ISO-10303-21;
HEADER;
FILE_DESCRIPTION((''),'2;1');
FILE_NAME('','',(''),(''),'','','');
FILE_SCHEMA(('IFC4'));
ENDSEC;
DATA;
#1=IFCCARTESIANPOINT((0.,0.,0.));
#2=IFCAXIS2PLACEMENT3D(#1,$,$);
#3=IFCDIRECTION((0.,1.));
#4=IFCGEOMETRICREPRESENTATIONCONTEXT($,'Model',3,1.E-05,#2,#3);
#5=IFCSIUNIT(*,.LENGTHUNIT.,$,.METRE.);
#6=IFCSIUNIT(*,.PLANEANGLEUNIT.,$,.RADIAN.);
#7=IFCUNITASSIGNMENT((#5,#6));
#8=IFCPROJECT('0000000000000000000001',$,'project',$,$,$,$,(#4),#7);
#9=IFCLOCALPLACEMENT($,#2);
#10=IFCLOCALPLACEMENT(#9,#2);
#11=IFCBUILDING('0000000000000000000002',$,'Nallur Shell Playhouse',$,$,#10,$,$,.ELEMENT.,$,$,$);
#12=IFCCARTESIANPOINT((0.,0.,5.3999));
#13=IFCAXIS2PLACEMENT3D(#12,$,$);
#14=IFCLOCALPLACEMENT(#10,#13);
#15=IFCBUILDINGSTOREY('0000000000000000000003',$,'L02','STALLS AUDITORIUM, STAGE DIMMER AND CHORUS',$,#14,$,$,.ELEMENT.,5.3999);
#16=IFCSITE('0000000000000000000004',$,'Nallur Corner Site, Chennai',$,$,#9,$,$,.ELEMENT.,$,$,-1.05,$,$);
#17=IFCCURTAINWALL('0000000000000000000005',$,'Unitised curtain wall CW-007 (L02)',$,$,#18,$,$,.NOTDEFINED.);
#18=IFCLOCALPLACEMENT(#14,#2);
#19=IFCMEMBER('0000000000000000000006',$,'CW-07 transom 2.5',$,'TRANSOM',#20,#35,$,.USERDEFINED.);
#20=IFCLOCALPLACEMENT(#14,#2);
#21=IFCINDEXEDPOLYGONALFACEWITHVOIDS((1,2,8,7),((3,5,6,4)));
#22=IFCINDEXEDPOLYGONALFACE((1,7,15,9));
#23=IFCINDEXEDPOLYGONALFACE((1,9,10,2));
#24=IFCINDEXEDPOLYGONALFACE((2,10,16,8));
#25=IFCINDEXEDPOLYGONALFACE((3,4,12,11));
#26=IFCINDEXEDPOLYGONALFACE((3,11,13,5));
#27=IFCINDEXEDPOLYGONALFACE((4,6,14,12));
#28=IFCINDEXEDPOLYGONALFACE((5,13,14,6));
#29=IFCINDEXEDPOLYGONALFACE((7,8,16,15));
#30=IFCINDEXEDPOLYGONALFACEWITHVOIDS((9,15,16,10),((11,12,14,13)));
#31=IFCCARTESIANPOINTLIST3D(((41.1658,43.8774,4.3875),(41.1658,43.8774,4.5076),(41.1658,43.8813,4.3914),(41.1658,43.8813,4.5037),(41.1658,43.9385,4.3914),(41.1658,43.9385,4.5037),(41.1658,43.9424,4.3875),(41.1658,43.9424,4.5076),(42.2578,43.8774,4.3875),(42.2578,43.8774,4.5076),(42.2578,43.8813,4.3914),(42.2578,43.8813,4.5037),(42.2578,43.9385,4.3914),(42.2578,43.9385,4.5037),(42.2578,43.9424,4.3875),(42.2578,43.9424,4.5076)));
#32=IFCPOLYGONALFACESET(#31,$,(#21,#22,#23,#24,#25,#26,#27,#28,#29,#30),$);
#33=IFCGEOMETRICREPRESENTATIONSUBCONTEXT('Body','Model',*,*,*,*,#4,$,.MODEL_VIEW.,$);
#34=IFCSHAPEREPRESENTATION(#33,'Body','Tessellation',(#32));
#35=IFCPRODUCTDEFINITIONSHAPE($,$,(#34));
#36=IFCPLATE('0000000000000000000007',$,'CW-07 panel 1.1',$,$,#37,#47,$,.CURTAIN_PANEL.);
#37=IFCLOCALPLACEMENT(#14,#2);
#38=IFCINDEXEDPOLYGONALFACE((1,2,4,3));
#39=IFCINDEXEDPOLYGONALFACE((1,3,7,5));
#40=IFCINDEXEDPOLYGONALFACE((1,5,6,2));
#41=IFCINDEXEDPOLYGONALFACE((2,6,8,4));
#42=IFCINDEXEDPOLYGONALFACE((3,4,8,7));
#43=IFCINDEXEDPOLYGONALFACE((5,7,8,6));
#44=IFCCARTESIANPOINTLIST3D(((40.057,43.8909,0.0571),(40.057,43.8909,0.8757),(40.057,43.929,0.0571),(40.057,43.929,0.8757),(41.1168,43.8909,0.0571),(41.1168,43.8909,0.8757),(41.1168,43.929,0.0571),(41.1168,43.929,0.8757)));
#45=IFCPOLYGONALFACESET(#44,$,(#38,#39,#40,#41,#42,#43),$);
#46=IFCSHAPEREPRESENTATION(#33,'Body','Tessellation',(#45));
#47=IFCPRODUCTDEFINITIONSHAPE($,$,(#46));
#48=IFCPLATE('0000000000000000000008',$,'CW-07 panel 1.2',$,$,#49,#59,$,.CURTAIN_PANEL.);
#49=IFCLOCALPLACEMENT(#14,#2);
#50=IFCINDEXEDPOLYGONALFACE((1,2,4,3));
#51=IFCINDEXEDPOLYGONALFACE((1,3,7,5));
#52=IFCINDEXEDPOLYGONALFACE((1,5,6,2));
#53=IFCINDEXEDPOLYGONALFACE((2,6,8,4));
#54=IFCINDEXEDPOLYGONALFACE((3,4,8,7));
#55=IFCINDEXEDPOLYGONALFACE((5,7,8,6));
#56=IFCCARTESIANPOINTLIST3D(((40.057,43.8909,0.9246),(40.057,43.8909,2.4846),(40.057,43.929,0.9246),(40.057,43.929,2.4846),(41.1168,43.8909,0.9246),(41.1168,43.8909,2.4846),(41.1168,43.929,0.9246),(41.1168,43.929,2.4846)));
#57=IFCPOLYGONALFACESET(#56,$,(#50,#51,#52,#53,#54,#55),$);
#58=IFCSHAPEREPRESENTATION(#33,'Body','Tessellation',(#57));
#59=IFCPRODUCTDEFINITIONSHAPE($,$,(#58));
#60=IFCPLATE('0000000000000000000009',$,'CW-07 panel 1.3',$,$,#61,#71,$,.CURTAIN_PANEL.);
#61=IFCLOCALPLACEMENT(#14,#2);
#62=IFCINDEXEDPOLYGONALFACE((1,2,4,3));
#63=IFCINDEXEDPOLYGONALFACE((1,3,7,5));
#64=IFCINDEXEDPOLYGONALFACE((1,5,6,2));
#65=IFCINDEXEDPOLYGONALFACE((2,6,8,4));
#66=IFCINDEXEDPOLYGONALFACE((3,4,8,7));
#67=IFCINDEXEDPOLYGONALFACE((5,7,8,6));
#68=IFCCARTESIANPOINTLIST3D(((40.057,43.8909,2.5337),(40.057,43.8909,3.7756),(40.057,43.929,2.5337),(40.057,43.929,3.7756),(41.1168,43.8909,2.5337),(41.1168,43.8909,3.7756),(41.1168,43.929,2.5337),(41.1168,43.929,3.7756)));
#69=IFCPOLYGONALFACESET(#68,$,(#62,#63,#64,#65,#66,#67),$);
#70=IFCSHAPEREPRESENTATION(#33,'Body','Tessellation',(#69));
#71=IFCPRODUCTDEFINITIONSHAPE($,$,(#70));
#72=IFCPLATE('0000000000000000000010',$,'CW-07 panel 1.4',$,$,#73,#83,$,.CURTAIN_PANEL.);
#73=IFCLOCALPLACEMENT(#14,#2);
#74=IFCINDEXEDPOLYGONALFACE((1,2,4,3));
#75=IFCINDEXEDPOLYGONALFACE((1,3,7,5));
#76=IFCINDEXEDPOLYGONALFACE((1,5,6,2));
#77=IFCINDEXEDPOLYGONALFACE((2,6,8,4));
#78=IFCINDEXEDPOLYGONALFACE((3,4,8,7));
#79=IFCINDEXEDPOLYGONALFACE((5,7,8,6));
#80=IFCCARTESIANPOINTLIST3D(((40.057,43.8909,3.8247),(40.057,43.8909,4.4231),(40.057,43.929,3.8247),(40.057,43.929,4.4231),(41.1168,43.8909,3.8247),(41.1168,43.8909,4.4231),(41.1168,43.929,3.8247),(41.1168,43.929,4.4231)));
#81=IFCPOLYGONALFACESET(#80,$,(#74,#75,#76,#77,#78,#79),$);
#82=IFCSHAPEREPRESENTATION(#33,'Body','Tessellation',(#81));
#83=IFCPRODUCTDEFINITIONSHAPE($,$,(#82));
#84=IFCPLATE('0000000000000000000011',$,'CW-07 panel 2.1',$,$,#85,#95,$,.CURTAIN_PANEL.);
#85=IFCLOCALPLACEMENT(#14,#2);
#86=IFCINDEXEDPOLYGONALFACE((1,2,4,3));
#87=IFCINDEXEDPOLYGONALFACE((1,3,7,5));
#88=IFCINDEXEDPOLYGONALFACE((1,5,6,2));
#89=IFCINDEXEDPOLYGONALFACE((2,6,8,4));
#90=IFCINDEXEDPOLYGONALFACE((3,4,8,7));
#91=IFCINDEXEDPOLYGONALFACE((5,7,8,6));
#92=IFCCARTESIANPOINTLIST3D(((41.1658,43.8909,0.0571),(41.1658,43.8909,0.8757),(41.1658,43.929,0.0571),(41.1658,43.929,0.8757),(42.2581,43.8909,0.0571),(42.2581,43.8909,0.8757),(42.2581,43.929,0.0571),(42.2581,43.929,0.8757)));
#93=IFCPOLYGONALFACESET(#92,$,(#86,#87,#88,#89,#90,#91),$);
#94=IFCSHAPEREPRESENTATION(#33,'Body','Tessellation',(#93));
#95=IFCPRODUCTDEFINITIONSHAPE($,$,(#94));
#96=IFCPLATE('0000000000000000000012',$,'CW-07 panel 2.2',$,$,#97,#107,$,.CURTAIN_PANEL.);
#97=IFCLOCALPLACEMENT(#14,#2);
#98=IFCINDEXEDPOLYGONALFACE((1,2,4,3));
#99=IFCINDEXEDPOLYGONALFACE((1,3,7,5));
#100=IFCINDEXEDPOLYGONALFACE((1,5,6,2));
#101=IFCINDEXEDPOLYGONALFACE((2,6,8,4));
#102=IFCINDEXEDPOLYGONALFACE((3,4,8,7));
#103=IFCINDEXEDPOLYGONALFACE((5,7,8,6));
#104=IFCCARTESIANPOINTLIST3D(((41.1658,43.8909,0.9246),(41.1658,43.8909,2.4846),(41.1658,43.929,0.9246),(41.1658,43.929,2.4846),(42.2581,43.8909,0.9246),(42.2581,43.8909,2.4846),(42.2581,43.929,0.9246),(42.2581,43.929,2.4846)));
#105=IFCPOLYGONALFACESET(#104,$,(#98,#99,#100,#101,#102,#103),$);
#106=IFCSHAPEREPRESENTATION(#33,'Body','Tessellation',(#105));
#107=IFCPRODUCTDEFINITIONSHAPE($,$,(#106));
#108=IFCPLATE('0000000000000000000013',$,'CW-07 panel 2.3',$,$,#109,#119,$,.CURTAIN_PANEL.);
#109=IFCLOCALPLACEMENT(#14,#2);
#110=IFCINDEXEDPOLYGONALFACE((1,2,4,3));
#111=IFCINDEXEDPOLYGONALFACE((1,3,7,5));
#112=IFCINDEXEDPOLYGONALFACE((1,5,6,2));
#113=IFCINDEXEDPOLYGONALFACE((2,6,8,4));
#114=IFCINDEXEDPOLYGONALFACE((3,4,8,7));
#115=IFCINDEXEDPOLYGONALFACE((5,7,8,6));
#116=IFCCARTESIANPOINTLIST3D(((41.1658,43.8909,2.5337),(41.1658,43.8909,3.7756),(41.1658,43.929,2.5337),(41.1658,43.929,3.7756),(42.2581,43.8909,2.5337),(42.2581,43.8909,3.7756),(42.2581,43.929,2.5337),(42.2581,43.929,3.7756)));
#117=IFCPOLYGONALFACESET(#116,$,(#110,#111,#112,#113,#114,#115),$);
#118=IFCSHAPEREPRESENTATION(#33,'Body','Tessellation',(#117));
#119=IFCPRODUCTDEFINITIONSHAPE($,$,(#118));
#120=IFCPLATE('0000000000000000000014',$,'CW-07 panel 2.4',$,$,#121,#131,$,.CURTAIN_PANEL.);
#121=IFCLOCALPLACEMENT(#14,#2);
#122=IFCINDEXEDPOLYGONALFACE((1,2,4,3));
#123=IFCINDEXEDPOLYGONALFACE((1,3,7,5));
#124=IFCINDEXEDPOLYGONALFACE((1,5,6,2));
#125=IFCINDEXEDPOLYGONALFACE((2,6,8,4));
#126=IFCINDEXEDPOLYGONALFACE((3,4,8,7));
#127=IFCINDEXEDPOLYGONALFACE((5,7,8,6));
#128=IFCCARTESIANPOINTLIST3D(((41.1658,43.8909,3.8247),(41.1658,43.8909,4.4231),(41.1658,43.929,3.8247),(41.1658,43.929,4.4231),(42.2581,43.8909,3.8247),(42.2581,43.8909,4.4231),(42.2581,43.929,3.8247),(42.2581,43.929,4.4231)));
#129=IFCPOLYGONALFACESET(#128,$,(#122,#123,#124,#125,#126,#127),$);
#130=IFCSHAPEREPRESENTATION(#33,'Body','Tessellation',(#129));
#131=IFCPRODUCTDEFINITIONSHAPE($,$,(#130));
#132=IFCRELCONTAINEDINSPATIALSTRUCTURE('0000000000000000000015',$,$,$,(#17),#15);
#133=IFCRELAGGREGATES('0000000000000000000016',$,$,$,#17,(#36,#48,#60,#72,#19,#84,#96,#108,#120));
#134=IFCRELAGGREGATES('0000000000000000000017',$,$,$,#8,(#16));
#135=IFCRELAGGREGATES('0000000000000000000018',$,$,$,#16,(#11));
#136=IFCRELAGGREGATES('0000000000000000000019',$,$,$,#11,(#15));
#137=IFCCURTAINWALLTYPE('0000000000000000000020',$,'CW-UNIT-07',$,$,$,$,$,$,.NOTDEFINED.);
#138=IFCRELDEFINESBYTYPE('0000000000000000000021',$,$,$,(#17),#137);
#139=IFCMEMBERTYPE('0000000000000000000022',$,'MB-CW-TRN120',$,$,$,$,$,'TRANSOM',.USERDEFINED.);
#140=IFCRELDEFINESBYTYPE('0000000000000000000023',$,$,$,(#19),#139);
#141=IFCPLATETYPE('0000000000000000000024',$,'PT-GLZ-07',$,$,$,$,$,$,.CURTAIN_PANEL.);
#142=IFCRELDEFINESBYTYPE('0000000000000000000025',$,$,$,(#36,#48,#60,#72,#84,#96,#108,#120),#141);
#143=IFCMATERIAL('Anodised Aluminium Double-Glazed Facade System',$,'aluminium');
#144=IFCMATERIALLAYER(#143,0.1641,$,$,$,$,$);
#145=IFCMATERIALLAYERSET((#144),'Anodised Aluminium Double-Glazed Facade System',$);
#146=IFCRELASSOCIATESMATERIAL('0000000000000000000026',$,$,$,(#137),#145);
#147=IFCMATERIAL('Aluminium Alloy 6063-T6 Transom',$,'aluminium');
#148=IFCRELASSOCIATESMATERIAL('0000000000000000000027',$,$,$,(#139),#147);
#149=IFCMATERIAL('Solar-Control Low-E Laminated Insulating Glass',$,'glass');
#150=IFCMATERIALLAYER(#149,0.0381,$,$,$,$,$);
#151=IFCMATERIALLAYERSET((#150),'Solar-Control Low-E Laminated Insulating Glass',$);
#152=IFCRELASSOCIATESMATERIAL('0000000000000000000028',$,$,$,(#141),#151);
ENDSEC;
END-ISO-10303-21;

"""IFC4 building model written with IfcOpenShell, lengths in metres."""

from ifc_helpers import new_model, si_unit, direction, frame, origin, origin_2d, place, context, subcontext, project, spatial, rectangle, hollow_rectangle, extrude, material, layer, layer_set, material_profile, profile_set, type_object, element, aggregate, save


model = new_model("IFC4")

# Units and contexts
model_context = context("Model", 3, precision=1e-05, world=origin(), true_north=direction((0.0, 1.0)))
body_context = subcontext(model_context, "Body", "Model", "MODEL_VIEW")
ifc_project = project(units=[si_unit("LENGTHUNIT", "METRE"), si_unit("PLANEANGLEUNIT", "RADIAN")], contexts=[model_context])

# Site, building, storey
site_placement = place(None, origin())
site = spatial("IfcSite", under=ifc_project, at=site_placement, Name="Nallur Corner Site, Chennai", CompositionType="ELEMENT", RefElevation=-1.05)
building_placement = place(site_placement, origin())
building = spatial("IfcBuilding", under=site, at=building_placement, Name="Nallur Shell Playhouse", CompositionType="ELEMENT")
storey_placement = place(building_placement, frame((0.0, 0.0, 5.3999)))
storey = spatial("IfcBuildingStorey", under=building, at=storey_placement, Name="L02", Description="STALLS AUDITORIUM, STAGE DIMMER AND CHORUS", CompositionType="ELEMENT", Elevation=5.3999)

# Curtain wall, member, plates
ifc_material_1 = material(Name="Anodised Aluminium Double-Glazed Facade System", Category="aluminium")
ifc_layer_1 = layer(ifc_material_1, 0.1641)
ifc_layer_set_1 = layer_set([ifc_layer_1], Name="Anodised Aluminium Double-Glazed Facade System")
curtain_wall_type = type_object("IfcCurtainWallType", Name="CW-UNIT-07", PredefinedType="NOTDEFINED", material=ifc_layer_set_1)
curtain_wall_placement = place(storey_placement, origin())
curtain_wall = element("IfcCurtainWall", 1, at=curtain_wall_placement, inside=storey, type_object=curtain_wall_type, Name="Unitised curtain wall CW-007 (L02)", PredefinedType="NOTDEFINED")
ifc_material_2 = material(Name="Aluminium Alloy 6063-T6 Transom", Category="aluminium")
ifc_material_profile_1 = material_profile(ifc_material_2, hollow_rectangle(XDim=0.0649, YDim=0.1201, WallThickness=0.0039, at=origin_2d()), Name="ALU 65x120x4")
ifc_profile_set_1 = profile_set([ifc_material_profile_1], Name="Aluminium Alloy 6063-T6 Transom")
member_type_1 = type_object("IfcMemberType", Name="MB-CW-TRN120", ElementType="TRANSOM", PredefinedType="USERDEFINED", material=ifc_profile_set_1)
member_1_placement = place(storey_placement, frame((41.1658, 43.9099, 4.4475), z_axis=(1.0, 0.0, 0.0), x_axis=(0.0, 1.0, 0.0)))
member_1 = element("IfcMember", 2, at=member_1_placement, type_object=member_type_1, Name="CW-07 transom 2.5", ObjectType="TRANSOM", PredefinedType="USERDEFINED", context=body_context, shape_type="SweptSolid", body=[
    extrude(hollow_rectangle(XDim=0.0649, YDim=0.1201, WallThickness=0.0039, at=origin_2d()), origin(), (0.0, 0.0, 1.0), 1.092),
])
ifc_material_3 = material(Name="Solar-Control Low-E Laminated Insulating Glass", Category="glass")
ifc_layer_2 = layer(ifc_material_3, 0.0381)
ifc_layer_set_2 = layer_set([ifc_layer_2], Name="Solar-Control Low-E Laminated Insulating Glass")
plate_type = type_object("IfcPlateType", Name="PT-GLZ-07", PredefinedType="CURTAIN_PANEL", material=ifc_layer_set_2)
plate_1_placement = place(storey_placement, frame((40.5869, 43.9099, 0.0571), z_axis=(0.0, 0.0, 1.0), x_axis=(1.0, 0.0, 0.0)))
plate_1 = element("IfcPlate", 3, at=plate_1_placement, type_object=plate_type, Name="CW-07 panel 1.1", PredefinedType="CURTAIN_PANEL", context=body_context, shape_type="SweptSolid", body=[
    extrude(rectangle(XDim=1.0598, YDim=0.0381, at=origin_2d()), origin(), (0.0, 0.0, 1.0), 0.8186),
])
plate_2_placement = place(storey_placement, frame((40.5869, 43.9099, 0.9246), z_axis=(0.0, 0.0, 1.0), x_axis=(1.0, 0.0, 0.0)))
plate_2 = element("IfcPlate", 4, at=plate_2_placement, type_object=plate_type, Name="CW-07 panel 1.2", PredefinedType="CURTAIN_PANEL", context=body_context, shape_type="SweptSolid", body=[
    extrude(rectangle(XDim=1.0598, YDim=0.0381, at=origin_2d()), origin(), (0.0, 0.0, 1.0), 1.5601),
])
plate_3_placement = place(storey_placement, frame((40.5869, 43.9099, 2.5337), z_axis=(0.0, 0.0, 1.0), x_axis=(1.0, 0.0, 0.0)))
plate_3 = element("IfcPlate", 5, at=plate_3_placement, type_object=plate_type, Name="CW-07 panel 1.3", PredefinedType="CURTAIN_PANEL", context=body_context, shape_type="SweptSolid", body=[
    extrude(rectangle(XDim=1.0598, YDim=0.0381, at=origin_2d()), origin(), (0.0, 0.0, 1.0), 1.2419),
])
plate_4_placement = place(storey_placement, frame((40.5869, 43.9099, 3.8247), z_axis=(0.0, 0.0, 1.0), x_axis=(1.0, 0.0, 0.0)))
plate_4 = element("IfcPlate", 6, at=plate_4_placement, type_object=plate_type, Name="CW-07 panel 1.4", PredefinedType="CURTAIN_PANEL", context=body_context, shape_type="SweptSolid", body=[
    extrude(rectangle(XDim=1.0598, YDim=0.0381, at=origin_2d()), origin(), (0.0, 0.0, 1.0), 0.5984),
])
plate_5_placement = place(storey_placement, frame((41.7119, 43.9099, 0.0571), z_axis=(0.0, 0.0, 1.0), x_axis=(1.0, 0.0, 0.0)))
plate_5 = element("IfcPlate", 7, at=plate_5_placement, type_object=plate_type, Name="CW-07 panel 2.1", PredefinedType="CURTAIN_PANEL", context=body_context, shape_type="SweptSolid", body=[
    extrude(rectangle(XDim=1.0923, YDim=0.0381, at=origin_2d()), origin(), (0.0, 0.0, 1.0), 0.8186),
])
plate_6_placement = place(storey_placement, frame((41.7119, 43.9099, 0.9246), z_axis=(0.0, 0.0, 1.0), x_axis=(1.0, 0.0, 0.0)))
plate_6 = element("IfcPlate", 8, at=plate_6_placement, type_object=plate_type, Name="CW-07 panel 2.2", PredefinedType="CURTAIN_PANEL", context=body_context, shape_type="SweptSolid", body=[
    extrude(rectangle(XDim=1.0923, YDim=0.0381, at=origin_2d()), origin(), (0.0, 0.0, 1.0), 1.5601),
])
plate_7_placement = place(storey_placement, frame((41.7119, 43.9099, 2.5337), z_axis=(0.0, 0.0, 1.0), x_axis=(1.0, 0.0, 0.0)))
plate_7 = element("IfcPlate", 9, at=plate_7_placement, type_object=plate_type, Name="CW-07 panel 2.3", PredefinedType="CURTAIN_PANEL", context=body_context, shape_type="SweptSolid", body=[
    extrude(rectangle(XDim=1.0923, YDim=0.0381, at=origin_2d()), origin(), (0.0, 0.0, 1.0), 1.2419),
])
plate_8_placement = place(storey_placement, frame((41.7119, 43.9099, 3.8247), z_axis=(0.0, 0.0, 1.0), x_axis=(1.0, 0.0, 0.0)))
plate_8 = element("IfcPlate", 10, at=plate_8_placement, type_object=plate_type, Name="CW-07 panel 2.4", PredefinedType="CURTAIN_PANEL", context=body_context, shape_type="SweptSolid", body=[
    extrude(rectangle(XDim=1.0923, YDim=0.0381, at=origin_2d()), origin(), (0.0, 0.0, 1.0), 0.5984),
])
aggregate(curtain_wall, [plate_1, plate_2, plate_3, plate_4, member_1, plate_5, plate_6, plate_7, plate_8])

save(model, "model.ifc")
